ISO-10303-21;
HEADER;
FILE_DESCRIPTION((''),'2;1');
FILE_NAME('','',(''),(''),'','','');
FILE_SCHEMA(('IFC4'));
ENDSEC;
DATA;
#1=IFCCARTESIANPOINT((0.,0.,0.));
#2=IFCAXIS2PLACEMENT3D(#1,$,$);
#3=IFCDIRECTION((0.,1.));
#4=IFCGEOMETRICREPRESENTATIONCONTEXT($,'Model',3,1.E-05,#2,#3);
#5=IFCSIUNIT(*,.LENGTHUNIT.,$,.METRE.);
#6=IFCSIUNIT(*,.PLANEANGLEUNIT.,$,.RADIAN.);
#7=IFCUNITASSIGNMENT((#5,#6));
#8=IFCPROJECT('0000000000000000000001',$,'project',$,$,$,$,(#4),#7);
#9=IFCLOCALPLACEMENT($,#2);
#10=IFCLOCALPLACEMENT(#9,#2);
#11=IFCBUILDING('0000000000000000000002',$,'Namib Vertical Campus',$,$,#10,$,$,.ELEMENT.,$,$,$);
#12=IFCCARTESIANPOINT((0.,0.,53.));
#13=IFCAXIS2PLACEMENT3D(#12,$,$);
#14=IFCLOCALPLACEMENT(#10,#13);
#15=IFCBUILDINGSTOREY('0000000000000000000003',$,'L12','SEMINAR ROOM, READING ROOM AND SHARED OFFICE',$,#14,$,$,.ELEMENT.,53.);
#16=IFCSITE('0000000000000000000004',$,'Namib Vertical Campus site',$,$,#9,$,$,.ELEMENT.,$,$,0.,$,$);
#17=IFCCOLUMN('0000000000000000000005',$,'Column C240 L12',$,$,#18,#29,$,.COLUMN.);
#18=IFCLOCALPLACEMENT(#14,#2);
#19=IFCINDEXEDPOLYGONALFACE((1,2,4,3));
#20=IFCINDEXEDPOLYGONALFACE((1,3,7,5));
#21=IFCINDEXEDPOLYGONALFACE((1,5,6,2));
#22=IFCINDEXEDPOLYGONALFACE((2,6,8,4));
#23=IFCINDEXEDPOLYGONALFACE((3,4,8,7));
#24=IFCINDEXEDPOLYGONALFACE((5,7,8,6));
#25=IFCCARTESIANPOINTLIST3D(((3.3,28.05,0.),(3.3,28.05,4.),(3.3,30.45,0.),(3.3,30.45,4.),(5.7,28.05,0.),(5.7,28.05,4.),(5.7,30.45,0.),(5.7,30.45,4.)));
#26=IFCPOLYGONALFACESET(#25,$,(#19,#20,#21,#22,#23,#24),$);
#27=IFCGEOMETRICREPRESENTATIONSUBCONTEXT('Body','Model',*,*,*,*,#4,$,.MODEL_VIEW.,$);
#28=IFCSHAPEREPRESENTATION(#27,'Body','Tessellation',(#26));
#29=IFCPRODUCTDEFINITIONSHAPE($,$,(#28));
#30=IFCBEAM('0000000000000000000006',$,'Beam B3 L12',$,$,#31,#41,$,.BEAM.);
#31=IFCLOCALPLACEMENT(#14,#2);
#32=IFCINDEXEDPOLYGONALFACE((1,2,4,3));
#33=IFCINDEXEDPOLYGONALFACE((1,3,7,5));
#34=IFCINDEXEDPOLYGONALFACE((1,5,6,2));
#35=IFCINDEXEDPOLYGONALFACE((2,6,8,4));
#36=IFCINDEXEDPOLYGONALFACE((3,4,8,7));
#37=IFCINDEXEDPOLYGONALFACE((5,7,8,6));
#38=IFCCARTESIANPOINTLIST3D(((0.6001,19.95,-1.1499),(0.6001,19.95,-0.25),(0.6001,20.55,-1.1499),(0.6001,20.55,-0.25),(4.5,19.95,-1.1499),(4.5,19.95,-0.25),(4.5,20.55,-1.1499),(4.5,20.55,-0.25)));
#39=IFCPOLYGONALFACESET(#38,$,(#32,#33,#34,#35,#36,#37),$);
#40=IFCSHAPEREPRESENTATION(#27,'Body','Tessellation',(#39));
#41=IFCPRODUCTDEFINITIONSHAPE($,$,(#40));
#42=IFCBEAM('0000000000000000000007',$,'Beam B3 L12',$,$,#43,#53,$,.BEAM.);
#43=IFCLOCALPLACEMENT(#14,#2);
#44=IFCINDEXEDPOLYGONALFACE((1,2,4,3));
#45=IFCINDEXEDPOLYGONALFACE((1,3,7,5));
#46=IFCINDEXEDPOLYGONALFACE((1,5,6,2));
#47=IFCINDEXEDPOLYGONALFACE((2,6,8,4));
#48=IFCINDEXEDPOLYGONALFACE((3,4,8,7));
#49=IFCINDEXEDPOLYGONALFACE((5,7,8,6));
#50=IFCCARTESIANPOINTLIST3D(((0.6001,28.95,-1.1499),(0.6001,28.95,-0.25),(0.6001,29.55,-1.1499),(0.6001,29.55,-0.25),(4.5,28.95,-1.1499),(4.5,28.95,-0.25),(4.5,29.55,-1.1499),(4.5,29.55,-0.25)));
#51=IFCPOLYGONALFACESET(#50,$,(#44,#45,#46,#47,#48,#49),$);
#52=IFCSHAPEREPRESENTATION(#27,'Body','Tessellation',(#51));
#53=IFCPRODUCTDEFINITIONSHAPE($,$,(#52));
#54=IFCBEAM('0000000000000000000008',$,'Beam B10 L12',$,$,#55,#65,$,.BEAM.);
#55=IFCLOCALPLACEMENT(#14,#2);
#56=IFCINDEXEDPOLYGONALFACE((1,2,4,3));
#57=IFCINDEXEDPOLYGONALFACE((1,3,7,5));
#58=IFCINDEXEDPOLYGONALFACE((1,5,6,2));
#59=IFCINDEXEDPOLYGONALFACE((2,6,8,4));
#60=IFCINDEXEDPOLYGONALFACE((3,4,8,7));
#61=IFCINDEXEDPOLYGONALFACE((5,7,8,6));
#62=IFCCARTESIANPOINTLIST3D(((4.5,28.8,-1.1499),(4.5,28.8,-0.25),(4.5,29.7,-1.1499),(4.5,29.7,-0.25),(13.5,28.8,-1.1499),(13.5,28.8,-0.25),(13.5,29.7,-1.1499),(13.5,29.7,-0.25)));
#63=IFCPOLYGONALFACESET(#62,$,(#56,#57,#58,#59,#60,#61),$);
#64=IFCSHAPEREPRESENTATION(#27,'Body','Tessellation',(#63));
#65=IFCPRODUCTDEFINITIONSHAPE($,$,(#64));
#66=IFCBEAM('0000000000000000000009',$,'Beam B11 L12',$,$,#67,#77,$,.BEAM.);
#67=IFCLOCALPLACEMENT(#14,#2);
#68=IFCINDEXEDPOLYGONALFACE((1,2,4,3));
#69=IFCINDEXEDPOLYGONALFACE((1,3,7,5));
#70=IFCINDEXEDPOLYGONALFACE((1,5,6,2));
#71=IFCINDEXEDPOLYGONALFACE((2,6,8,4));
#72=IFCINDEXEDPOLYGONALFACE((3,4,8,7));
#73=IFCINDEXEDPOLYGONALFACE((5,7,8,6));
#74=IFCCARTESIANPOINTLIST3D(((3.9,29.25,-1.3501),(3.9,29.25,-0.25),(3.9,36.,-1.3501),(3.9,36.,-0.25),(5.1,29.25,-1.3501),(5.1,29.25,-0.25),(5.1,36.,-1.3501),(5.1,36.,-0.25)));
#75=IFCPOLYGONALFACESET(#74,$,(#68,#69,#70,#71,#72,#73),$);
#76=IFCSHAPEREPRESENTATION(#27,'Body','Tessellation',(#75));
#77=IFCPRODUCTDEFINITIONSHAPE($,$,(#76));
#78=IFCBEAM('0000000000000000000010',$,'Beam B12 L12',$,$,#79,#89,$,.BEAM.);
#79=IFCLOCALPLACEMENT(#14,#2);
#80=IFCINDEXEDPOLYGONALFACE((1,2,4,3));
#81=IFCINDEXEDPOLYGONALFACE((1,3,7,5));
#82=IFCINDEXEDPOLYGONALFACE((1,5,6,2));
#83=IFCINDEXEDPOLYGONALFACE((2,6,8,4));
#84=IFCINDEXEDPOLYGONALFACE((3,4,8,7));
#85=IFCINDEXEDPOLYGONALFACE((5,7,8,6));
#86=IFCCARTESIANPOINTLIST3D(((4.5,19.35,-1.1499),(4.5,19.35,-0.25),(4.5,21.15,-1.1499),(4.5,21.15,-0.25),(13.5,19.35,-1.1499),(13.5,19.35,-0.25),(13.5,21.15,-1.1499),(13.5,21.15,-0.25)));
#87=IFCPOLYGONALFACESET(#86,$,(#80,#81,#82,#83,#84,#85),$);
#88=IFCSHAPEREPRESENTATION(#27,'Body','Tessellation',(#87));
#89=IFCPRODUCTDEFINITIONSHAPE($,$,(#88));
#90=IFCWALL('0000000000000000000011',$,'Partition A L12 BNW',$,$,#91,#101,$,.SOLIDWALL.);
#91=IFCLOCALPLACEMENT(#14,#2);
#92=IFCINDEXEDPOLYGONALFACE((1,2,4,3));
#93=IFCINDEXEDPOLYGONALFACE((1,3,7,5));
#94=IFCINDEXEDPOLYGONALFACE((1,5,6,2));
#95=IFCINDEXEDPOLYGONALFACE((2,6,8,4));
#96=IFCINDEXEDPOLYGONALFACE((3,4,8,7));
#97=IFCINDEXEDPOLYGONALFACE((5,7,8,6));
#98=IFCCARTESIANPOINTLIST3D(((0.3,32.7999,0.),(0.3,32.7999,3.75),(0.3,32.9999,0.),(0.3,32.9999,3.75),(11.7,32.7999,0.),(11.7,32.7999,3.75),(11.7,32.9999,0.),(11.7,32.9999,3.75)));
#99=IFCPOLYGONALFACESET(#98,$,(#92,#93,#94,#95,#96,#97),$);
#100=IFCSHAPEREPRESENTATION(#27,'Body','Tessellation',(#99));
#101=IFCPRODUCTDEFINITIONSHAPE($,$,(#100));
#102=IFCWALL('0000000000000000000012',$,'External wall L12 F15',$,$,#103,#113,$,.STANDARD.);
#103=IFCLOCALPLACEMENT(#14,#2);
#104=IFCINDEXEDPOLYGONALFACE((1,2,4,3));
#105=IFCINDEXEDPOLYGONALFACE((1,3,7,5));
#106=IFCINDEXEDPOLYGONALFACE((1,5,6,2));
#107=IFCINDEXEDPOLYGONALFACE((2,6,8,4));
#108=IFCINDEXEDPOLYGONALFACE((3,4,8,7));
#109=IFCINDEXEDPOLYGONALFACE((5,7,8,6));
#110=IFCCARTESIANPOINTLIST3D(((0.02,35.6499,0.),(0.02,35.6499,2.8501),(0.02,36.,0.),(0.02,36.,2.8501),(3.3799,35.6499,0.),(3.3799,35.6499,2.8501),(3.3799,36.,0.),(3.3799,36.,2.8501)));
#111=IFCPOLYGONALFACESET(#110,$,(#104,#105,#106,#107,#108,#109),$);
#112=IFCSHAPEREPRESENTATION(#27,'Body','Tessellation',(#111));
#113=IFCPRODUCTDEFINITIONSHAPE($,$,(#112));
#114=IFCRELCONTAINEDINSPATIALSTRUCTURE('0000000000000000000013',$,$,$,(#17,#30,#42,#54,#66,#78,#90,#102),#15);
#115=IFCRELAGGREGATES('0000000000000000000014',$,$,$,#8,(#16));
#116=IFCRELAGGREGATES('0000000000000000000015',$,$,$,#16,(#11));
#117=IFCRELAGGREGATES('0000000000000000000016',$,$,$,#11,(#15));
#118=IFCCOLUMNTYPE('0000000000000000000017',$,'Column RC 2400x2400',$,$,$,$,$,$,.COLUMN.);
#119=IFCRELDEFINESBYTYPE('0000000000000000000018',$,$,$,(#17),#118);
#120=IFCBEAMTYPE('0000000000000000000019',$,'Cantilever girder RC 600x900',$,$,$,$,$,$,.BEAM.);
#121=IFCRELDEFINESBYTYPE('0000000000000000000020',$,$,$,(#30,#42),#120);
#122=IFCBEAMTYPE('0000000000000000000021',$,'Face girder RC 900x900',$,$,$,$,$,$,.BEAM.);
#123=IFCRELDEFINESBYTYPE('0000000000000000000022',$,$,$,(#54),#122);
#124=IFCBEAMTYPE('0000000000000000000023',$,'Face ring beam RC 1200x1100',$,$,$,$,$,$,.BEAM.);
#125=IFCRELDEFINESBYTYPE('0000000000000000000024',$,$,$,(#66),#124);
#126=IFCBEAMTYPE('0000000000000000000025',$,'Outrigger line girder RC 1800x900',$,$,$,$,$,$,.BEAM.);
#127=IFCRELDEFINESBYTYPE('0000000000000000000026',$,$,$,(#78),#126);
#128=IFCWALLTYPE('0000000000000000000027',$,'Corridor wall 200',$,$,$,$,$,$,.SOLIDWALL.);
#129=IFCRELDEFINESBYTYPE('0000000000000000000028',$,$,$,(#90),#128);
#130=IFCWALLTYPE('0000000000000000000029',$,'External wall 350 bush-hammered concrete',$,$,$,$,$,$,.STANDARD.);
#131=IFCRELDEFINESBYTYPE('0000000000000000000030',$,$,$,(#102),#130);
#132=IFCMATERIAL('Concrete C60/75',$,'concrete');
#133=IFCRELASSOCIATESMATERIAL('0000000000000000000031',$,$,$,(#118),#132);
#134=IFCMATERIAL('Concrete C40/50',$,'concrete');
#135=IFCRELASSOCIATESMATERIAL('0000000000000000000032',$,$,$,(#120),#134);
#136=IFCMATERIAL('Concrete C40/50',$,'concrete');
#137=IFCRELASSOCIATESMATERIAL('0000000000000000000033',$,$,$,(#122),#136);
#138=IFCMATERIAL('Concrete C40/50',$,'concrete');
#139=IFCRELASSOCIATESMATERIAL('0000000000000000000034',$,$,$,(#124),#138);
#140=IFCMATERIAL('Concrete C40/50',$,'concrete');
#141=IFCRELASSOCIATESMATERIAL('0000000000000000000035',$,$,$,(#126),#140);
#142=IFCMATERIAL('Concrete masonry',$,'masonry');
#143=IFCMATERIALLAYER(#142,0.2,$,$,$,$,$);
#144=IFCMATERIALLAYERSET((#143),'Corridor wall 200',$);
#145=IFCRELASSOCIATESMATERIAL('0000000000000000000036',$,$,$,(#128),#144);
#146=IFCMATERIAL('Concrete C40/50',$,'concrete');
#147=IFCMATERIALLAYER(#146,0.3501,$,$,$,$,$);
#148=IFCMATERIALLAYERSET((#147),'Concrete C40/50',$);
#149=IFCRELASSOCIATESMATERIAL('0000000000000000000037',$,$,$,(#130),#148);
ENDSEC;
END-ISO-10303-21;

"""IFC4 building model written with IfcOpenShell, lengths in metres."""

from ifc_helpers import new_model, si_unit, direction, frame, frame_2d, origin, origin_2d, place, context, subcontext, project, spatial, rectangle, extrude, material, layer, layer_set, material_profile, profile_set, type_object, element, save


model = new_model("IFC4")

# Units and contexts
model_context = context("Model", 3, precision=1e-05, world=origin(), true_north=direction((0.0, 1.0)))
body_context = subcontext(model_context, "Body", "Model", "MODEL_VIEW")
ifc_project = project(units=[si_unit("LENGTHUNIT", "METRE"), si_unit("PLANEANGLEUNIT", "RADIAN")], contexts=[model_context])

# Site, building, storey
site_placement = place(None, origin())
site = spatial("IfcSite", under=ifc_project, at=site_placement, Name="Namib Vertical Campus site", CompositionType="ELEMENT", RefElevation=0.0)
building_placement = place(site_placement, origin())
building = spatial("IfcBuilding", under=site, at=building_placement, Name="Namib Vertical Campus", CompositionType="ELEMENT")
storey_placement = place(building_placement, frame((0.0, 0.0, 53.0)))
storey = spatial("IfcBuildingStorey", under=building, at=storey_placement, Name="L12", Description="SEMINAR ROOM, READING ROOM AND SHARED OFFICE", CompositionType="ELEMENT", Elevation=53.0)

# Column
ifc_material_1 = material(Name="Concrete C60/75", Category="concrete")
ifc_material_profile_1 = material_profile(ifc_material_1, rectangle(XDim=2.3999, YDim=2.3999, at=origin_2d()))
ifc_profile_set_1 = profile_set([ifc_material_profile_1], Name="Concrete C60/75")
column_type = type_object("IfcColumnType", Name="Column RC 2400x2400", PredefinedType="COLUMN", material=ifc_profile_set_1)
column_placement = place(storey_placement, frame((4.5, 29.25, 0.0), z_axis=(0.0, 0.0, 1.0), x_axis=(1.0, 0.0, 0.0)))
element("IfcColumn", 1, at=column_placement, inside=storey, type_object=column_type, Name="Column C240 L12", PredefinedType="COLUMN", context=body_context, shape_type="SweptSolid", body=[
    extrude(rectangle(XDim=2.3999, YDim=2.3999, at=origin_2d()), origin(), (0.0, 0.0, 1.0), 4.0),
])

# Beams
ifc_material_2 = material(Name="Concrete C40/50", Category="concrete")
ifc_material_profile_2 = material_profile(ifc_material_2, rectangle(XDim=0.6001, YDim=0.8999, at=origin_2d()))
ifc_profile_set_2 = profile_set([ifc_material_profile_2], Name="Concrete C40/50")
beam_type_1 = type_object("IfcBeamType", Name="Cantilever girder RC 600x900", PredefinedType="BEAM", material=ifc_profile_set_2)
for number, where, z_axis, x_axis, name in (
    (2, (4.5, 20.25, -0.7), (-1.0, 0.0, 0.0), (0.0, -1.0, 0.0), "Beam B3 L12"),
    (3, (4.5, 29.25, -0.7), (-1.0, 0.0, 0.0), (0.0, -1.0, 0.0), "Beam B3 L12"),
):
    element("IfcBeam", number, at=place(storey_placement, frame(where, z_axis=z_axis, x_axis=x_axis)), inside=storey, type_object=beam_type_1, Name=name, PredefinedType="BEAM", context=body_context, shape_type="SweptSolid", body=[
        extrude(rectangle(XDim=0.6001, YDim=0.8999, at=origin_2d()), origin(), (0.0, 0.0, 1.0), 3.8999),
    ])
ifc_material_3 = material(Name="Concrete C40/50", Category="concrete")
ifc_material_profile_3 = material_profile(ifc_material_3, rectangle(XDim=0.8999, YDim=0.8999, at=origin_2d()))
ifc_profile_set_3 = profile_set([ifc_material_profile_3], Name="Concrete C40/50")
beam_type_2 = type_object("IfcBeamType", Name="Face girder RC 900x900", PredefinedType="BEAM", material=ifc_profile_set_3)
beam_1_placement = place(storey_placement, frame((4.5, 29.25, -0.7), z_axis=(1.0, 0.0, 0.0), x_axis=(0.0, 1.0, 0.0)))
element("IfcBeam", 4, at=beam_1_placement, inside=storey, type_object=beam_type_2, Name="Beam B10 L12", PredefinedType="BEAM", context=body_context, shape_type="SweptSolid", body=[
    extrude(rectangle(XDim=0.8999, YDim=0.8999, at=origin_2d()), origin(), (0.0, 0.0, 1.0), 9.0),
])
ifc_material_4 = material(Name="Concrete C40/50", Category="concrete")
ifc_material_profile_4 = material_profile(ifc_material_4, rectangle(XDim=1.2, YDim=1.1001, at=origin_2d()))
ifc_profile_set_4 = profile_set([ifc_material_profile_4], Name="Concrete C40/50")
beam_type_3 = type_object("IfcBeamType", Name="Face ring beam RC 1200x1100", PredefinedType="BEAM", material=ifc_profile_set_4)
beam_2_placement = place(storey_placement, frame((4.5, 29.25, -0.8), z_axis=(0.0, 1.0, 0.0), x_axis=(-1.0, 0.0, 0.0)))
element("IfcBeam", 5, at=beam_2_placement, inside=storey, type_object=beam_type_3, Name="Beam B11 L12", PredefinedType="BEAM", context=body_context, shape_type="SweptSolid", body=[
    extrude(rectangle(XDim=1.2, YDim=1.1001, at=origin_2d()), origin(), (0.0, 0.0, 1.0), 6.75),
])
ifc_material_5 = material(Name="Concrete C40/50", Category="concrete")
ifc_material_profile_5 = material_profile(ifc_material_5, rectangle(XDim=1.8, YDim=0.8999, at=origin_2d()))
ifc_profile_set_5 = profile_set([ifc_material_profile_5], Name="Concrete C40/50")
beam_type_4 = type_object("IfcBeamType", Name="Outrigger line girder RC 1800x900", PredefinedType="BEAM", material=ifc_profile_set_5)
beam_3_placement = place(storey_placement, frame((4.5, 20.25, -0.7), z_axis=(1.0, 0.0, 0.0), x_axis=(0.0, 1.0, 0.0)))
element("IfcBeam", 6, at=beam_3_placement, inside=storey, type_object=beam_type_4, Name="Beam B12 L12", PredefinedType="BEAM", context=body_context, shape_type="SweptSolid", body=[
    extrude(rectangle(XDim=1.8, YDim=0.8999, at=origin_2d()), origin(), (0.0, 0.0, 1.0), 9.0),
])

# Walls
ifc_material_6 = material(Name="Concrete masonry", Category="masonry")
ifc_layer_1 = layer(ifc_material_6, 0.2)
ifc_layer_set_1 = layer_set([ifc_layer_1], Name="Corridor wall 200")
wall_type_1 = type_object("IfcWallType", Name="Corridor wall 200", PredefinedType="SOLIDWALL", material=ifc_layer_set_1)
wall_1_placement = place(storey_placement, frame((0.3, 32.8999, 0.0), z_axis=(0.0, 0.0, 1.0), x_axis=(1.0, 0.0, 0.0)))
element("IfcWall", 7, at=wall_1_placement, inside=storey, type_object=wall_type_1, Name="Partition A L12 BNW", PredefinedType="SOLIDWALL", context=body_context, shape_type="SweptSolid", body=[
    extrude(rectangle(XDim=11.3999, YDim=0.2, at=frame_2d((5.7, 0.0))), origin(), (0.0, 0.0, 1.0), 3.75),
])
ifc_material_7 = material(Name="Concrete C40/50", Category="concrete")
ifc_layer_2 = layer(ifc_material_7, 0.3501)
ifc_layer_set_2 = layer_set([ifc_layer_2], Name="Concrete C40/50")
wall_type_2 = type_object("IfcWallType", Name="External wall 350 bush-hammered concrete", PredefinedType="STANDARD", material=ifc_layer_set_2)
wall_2_placement = place(storey_placement, frame((3.3799, 35.825, 0.0), z_axis=(0.0, 0.0, 1.0), x_axis=(-1.0, 0.0, 0.0)))
element("IfcWall", 8, at=wall_2_placement, inside=storey, type_object=wall_type_2, Name="External wall L12 F15", PredefinedType="STANDARD", context=body_context, shape_type="SweptSolid", body=[
    extrude(rectangle(XDim=3.3599, YDim=0.3501, at=frame_2d((1.6799, 0.0))), origin(), (0.0, 0.0, 1.0), 2.8501),
])

save(model, "model.ifc")
